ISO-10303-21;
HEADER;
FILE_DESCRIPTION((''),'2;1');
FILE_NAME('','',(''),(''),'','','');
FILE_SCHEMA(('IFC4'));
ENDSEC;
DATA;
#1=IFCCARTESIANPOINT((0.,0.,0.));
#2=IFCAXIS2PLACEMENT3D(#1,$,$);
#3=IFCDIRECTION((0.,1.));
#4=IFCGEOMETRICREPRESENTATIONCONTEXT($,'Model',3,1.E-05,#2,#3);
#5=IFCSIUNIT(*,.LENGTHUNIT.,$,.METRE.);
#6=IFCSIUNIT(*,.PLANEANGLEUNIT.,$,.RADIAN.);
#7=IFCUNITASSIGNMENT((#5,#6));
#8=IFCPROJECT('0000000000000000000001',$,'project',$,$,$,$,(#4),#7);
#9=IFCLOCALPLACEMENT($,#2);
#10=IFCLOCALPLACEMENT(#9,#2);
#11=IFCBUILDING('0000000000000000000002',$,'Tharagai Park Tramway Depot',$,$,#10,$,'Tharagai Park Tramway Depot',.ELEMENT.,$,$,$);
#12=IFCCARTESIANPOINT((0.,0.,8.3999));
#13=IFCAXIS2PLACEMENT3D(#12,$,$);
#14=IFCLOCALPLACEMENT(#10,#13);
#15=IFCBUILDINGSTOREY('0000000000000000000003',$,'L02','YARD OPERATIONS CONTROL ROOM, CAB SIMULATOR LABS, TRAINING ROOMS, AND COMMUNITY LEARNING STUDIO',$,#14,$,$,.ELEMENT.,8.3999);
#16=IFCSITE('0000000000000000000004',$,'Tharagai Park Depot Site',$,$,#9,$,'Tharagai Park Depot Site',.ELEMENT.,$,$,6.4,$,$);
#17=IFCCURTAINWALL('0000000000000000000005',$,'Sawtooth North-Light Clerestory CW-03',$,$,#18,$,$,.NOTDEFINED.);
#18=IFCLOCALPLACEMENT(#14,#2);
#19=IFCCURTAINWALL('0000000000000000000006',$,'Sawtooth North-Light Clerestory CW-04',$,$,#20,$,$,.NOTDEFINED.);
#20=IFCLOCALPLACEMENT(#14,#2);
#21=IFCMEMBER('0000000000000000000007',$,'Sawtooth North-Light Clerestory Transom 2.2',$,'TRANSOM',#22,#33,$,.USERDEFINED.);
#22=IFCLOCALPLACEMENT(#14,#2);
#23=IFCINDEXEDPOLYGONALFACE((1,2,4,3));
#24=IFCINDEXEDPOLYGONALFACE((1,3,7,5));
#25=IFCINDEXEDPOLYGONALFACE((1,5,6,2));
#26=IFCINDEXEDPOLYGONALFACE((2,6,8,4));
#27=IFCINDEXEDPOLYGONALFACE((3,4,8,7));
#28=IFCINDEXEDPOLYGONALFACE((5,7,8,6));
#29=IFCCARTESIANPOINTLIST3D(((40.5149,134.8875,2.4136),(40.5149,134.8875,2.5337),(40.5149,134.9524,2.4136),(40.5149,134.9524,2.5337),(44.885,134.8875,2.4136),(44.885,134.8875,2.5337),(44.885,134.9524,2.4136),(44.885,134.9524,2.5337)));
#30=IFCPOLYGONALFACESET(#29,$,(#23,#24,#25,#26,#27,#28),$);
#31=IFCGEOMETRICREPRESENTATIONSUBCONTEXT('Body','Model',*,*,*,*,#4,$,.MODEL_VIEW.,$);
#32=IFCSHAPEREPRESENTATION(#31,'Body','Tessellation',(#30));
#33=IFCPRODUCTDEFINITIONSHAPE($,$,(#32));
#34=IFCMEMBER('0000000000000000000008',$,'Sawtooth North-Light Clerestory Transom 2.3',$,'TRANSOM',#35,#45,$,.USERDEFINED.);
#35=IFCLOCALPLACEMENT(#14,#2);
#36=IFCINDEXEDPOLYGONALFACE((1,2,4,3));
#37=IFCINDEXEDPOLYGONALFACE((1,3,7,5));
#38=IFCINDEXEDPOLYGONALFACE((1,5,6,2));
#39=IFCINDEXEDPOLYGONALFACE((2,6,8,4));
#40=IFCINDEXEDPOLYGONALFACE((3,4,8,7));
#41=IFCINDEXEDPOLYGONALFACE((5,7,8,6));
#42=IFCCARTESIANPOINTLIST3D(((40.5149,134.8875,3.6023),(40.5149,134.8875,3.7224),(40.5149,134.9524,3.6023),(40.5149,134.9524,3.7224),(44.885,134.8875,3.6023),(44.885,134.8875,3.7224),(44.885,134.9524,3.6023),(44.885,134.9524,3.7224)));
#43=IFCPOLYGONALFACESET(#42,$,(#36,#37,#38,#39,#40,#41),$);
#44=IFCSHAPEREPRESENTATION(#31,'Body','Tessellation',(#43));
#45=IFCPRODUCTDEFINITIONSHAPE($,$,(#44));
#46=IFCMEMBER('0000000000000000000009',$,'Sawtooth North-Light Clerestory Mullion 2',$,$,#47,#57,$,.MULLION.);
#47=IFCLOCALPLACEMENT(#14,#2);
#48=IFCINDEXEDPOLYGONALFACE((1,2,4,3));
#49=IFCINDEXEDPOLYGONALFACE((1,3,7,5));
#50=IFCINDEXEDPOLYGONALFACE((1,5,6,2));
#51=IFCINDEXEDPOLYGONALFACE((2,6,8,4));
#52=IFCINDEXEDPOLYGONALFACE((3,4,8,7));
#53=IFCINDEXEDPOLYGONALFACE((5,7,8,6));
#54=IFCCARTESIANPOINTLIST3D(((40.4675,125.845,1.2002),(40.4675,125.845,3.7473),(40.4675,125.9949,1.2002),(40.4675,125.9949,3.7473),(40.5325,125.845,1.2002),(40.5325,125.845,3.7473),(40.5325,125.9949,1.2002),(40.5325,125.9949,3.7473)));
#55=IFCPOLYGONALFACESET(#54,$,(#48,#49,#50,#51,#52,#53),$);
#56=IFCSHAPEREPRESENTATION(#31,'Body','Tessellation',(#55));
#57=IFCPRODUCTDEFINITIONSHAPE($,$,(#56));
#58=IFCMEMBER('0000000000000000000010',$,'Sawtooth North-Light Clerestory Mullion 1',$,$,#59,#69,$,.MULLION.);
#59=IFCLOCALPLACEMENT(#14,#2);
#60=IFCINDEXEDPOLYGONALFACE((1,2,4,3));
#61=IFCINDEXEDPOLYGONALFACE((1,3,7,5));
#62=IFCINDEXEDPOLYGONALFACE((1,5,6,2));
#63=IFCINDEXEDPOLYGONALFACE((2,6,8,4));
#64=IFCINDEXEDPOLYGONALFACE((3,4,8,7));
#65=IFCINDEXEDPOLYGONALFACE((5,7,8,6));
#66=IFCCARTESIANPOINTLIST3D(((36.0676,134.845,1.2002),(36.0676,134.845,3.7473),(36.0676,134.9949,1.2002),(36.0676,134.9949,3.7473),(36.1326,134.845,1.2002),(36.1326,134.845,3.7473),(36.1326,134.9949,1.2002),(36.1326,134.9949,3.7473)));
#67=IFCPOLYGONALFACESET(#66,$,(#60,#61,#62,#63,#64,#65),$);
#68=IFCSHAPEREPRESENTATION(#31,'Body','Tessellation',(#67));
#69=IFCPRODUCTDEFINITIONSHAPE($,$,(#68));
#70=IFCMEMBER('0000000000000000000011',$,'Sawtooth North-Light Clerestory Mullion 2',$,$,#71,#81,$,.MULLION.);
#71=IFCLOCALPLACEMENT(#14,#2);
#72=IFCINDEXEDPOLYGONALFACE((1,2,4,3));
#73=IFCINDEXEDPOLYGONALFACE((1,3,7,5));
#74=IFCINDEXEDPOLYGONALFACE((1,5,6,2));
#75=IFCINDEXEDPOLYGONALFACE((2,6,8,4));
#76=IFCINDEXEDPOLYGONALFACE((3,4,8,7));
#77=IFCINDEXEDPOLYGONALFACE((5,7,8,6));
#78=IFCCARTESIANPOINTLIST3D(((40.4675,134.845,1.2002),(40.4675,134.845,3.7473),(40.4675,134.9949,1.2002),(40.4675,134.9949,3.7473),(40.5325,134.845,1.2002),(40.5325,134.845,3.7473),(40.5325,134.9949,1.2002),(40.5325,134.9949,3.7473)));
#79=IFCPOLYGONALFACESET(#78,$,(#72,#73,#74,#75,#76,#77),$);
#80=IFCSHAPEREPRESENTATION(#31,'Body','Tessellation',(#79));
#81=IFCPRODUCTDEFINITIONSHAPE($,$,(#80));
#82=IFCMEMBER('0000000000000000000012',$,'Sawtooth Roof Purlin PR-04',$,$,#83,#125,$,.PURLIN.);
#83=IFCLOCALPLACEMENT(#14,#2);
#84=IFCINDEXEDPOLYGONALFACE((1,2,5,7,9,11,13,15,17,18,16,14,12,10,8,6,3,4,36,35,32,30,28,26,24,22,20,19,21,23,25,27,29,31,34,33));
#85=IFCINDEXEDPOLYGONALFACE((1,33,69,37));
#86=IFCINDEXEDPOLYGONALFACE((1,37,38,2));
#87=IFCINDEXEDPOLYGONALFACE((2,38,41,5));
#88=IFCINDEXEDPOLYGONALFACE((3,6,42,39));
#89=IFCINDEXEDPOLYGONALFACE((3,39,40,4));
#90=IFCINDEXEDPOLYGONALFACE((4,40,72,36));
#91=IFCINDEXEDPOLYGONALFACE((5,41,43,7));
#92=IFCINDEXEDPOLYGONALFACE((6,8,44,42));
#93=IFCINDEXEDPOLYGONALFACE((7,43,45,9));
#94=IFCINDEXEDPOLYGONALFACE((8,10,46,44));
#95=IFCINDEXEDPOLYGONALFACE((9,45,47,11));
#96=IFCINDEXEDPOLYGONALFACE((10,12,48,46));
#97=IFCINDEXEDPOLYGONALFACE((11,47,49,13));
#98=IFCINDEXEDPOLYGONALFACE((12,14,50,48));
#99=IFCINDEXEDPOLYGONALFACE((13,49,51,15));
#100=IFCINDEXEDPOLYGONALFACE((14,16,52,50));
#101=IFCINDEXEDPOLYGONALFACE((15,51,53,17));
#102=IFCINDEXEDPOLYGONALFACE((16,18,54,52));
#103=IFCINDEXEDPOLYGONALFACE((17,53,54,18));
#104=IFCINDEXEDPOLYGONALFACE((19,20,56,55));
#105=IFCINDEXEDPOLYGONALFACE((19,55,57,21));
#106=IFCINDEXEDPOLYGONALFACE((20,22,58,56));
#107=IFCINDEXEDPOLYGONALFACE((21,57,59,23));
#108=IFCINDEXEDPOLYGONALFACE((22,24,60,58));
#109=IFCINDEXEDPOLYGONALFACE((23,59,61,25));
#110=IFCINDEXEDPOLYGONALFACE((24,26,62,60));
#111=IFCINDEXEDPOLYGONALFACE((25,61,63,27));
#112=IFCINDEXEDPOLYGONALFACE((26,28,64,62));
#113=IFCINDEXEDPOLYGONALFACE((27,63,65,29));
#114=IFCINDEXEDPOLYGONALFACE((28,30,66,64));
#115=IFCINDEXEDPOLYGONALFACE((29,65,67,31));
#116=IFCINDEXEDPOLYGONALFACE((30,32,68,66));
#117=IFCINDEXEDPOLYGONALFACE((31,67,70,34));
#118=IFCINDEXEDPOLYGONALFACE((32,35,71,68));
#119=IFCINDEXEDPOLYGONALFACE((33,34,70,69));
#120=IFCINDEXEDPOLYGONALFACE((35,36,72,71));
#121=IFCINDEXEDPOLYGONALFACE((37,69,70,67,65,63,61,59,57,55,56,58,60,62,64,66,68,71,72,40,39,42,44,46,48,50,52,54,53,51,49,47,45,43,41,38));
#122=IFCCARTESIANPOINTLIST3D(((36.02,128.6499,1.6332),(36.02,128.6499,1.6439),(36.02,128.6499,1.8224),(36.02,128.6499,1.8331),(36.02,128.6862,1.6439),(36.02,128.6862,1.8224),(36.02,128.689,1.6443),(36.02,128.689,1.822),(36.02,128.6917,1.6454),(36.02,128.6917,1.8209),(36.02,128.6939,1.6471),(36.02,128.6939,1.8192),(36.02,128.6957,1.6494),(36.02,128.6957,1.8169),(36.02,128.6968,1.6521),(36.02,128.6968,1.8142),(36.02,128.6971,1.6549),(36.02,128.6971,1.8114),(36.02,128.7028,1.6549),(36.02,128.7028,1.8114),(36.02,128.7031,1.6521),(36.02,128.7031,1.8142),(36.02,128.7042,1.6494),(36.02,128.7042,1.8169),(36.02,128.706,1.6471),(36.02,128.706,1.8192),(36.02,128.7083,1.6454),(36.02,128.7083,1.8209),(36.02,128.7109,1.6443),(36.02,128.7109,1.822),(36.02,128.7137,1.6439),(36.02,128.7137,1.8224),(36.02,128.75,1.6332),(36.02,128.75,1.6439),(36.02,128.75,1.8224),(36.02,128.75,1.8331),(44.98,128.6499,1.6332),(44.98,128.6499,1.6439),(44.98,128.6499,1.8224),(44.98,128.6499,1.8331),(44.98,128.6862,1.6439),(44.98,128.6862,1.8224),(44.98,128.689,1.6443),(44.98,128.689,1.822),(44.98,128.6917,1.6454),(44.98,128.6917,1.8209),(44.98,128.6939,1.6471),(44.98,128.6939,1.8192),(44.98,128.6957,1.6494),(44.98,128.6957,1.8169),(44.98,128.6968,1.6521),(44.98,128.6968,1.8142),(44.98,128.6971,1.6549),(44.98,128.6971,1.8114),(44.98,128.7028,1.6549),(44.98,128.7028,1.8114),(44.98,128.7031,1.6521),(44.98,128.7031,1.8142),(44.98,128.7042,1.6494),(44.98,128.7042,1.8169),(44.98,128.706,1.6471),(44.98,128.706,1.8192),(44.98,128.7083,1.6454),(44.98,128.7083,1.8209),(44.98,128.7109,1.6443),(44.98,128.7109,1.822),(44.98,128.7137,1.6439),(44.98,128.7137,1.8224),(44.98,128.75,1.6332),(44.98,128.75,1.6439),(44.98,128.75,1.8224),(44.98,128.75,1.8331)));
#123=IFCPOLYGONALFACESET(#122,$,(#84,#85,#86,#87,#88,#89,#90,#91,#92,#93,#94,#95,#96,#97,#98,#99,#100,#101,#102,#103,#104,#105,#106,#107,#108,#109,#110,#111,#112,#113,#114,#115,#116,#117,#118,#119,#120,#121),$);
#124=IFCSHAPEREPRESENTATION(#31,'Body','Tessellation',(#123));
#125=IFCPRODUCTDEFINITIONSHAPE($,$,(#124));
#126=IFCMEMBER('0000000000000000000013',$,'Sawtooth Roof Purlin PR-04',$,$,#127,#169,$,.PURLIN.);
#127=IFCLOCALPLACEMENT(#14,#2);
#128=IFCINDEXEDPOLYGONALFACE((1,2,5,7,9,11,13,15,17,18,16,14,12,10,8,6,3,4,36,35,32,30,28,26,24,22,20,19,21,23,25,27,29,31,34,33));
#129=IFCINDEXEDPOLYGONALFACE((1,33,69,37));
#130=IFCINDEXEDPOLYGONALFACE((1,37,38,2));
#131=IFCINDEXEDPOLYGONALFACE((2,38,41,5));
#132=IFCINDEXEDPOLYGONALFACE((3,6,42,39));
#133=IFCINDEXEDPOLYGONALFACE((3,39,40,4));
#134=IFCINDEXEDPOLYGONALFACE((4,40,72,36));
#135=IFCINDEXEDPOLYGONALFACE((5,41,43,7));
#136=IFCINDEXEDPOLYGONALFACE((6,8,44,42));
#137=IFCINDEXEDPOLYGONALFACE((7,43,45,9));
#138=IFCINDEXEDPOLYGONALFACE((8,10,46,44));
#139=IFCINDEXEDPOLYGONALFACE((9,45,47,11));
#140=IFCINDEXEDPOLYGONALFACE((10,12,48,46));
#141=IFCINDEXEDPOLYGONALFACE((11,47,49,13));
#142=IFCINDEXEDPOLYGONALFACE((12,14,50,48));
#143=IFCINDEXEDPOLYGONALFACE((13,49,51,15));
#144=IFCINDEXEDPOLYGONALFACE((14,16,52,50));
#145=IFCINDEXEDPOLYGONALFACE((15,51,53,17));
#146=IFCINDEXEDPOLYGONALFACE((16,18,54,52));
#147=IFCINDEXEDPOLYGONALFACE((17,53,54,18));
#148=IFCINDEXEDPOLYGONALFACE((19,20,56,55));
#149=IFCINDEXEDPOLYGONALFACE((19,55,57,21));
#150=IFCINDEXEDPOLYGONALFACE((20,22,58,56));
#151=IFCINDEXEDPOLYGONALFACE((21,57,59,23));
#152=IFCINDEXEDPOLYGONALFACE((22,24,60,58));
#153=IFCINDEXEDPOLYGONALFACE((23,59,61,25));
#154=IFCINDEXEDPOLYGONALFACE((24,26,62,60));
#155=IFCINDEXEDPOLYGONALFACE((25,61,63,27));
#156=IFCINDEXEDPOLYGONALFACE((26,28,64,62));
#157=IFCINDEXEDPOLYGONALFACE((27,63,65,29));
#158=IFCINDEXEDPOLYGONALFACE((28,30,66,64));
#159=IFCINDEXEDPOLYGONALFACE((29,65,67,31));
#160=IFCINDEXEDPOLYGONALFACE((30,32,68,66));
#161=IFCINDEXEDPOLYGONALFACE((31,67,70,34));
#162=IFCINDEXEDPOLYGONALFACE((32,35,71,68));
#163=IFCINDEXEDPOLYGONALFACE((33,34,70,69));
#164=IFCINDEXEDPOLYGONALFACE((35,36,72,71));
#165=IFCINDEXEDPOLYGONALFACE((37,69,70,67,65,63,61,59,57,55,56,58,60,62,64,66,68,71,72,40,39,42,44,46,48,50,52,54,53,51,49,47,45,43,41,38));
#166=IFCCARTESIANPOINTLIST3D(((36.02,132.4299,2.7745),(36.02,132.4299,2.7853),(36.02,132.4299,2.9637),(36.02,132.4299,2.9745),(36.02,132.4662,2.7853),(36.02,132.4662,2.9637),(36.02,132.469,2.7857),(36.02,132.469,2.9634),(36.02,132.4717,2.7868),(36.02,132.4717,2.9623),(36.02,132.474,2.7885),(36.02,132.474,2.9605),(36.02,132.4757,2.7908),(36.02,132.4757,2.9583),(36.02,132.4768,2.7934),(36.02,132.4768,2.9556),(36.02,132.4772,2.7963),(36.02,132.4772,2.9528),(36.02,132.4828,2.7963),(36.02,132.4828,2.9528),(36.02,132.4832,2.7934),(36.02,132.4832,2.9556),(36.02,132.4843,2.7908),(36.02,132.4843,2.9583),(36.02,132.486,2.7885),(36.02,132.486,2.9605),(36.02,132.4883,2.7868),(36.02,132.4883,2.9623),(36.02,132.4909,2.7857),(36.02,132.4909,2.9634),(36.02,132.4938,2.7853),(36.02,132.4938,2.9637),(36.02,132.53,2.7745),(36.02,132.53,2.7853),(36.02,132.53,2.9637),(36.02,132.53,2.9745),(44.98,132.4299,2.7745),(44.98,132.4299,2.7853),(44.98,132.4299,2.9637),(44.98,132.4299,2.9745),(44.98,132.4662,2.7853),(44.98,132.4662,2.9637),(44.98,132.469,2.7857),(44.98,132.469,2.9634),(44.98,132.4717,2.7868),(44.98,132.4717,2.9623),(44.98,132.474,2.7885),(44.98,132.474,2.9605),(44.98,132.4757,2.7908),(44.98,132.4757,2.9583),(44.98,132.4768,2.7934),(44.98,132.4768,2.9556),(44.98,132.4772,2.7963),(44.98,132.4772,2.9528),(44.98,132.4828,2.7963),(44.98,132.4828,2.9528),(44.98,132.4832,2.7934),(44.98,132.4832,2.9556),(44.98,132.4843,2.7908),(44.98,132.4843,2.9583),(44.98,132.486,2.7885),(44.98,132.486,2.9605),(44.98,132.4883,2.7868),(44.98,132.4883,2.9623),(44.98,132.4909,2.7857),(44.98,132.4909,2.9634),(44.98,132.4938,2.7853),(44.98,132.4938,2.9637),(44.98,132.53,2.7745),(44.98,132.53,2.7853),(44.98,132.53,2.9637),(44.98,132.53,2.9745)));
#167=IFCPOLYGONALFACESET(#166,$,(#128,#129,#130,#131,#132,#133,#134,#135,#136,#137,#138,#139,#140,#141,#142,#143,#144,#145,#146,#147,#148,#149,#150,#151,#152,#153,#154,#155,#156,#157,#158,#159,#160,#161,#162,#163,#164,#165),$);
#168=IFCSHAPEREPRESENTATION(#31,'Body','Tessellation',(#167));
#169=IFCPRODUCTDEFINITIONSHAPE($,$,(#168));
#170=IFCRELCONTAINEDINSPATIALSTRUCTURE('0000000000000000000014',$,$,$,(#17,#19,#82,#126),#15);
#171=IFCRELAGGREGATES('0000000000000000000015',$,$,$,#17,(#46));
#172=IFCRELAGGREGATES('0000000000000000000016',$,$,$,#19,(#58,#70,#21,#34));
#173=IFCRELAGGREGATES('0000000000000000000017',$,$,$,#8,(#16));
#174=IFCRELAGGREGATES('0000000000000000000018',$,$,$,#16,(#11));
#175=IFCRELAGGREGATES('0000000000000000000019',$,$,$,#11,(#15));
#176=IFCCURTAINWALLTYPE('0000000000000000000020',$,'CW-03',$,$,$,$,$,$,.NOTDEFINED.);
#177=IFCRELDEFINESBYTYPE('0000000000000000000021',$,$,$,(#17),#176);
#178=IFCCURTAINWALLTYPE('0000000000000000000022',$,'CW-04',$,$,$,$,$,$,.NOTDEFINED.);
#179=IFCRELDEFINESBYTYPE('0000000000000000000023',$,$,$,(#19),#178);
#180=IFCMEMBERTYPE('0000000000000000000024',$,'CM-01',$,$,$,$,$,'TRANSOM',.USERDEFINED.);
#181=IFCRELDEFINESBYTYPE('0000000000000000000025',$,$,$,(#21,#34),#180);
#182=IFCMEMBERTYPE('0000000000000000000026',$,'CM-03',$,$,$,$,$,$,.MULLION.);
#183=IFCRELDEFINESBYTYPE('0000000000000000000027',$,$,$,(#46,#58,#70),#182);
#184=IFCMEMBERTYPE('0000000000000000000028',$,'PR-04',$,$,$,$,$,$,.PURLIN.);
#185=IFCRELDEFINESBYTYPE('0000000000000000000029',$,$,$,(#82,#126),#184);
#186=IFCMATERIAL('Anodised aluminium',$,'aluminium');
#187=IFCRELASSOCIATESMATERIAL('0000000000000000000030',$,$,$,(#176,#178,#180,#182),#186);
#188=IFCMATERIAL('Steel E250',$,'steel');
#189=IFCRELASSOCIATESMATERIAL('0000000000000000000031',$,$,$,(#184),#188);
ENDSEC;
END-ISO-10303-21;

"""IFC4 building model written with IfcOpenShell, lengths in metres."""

from ifc_helpers import new_model, si_unit, direction, frame, origin, origin_2d, place, context, subcontext, project, spatial, rectangle, i_section, extrude, material, material_profile, profile_set, type_object, element, aggregate, save


model = new_model("IFC4")

# Units and contexts
model_context = context("Model", 3, precision=1e-05, world=origin(), true_north=direction((0.0, 1.0)))
body_context = subcontext(model_context, "Body", "Model", "MODEL_VIEW")
ifc_project = project(units=[si_unit("LENGTHUNIT", "METRE"), si_unit("PLANEANGLEUNIT", "RADIAN")], contexts=[model_context])

# Site, building, storey
site_placement = place(None, origin())
site = spatial("IfcSite", under=ifc_project, at=site_placement, Name="Tharagai Park Depot Site", LongName="Tharagai Park Depot Site", CompositionType="ELEMENT", RefElevation=6.4)
building_placement = place(site_placement, origin())
building = spatial("IfcBuilding", under=site, at=building_placement, Name="Tharagai Park Tramway Depot", LongName="Tharagai Park Tramway Depot", CompositionType="ELEMENT")
storey_placement = place(building_placement, frame((0.0, 0.0, 8.3999)))
storey = spatial("IfcBuildingStorey", under=building, at=storey_placement, Name="L02", Description="YARD OPERATIONS CONTROL ROOM, CAB SIMULATOR LABS, TRAINING ROOMS, AND COMMUNITY LEARNING STUDIO", CompositionType="ELEMENT", Elevation=8.3999)

# Curtain walls, members
ifc_material_1 = material(Name="Anodised aluminium", Category="aluminium")
curtain_wall_type_1 = type_object("IfcCurtainWallType", Name="CW-03", PredefinedType="NOTDEFINED", material=ifc_material_1)
curtain_wall_1_placement = place(storey_placement, origin())
curtain_wall_1 = element("IfcCurtainWall", 1, at=curtain_wall_1_placement, inside=storey, type_object=curtain_wall_type_1, Name="Sawtooth North-Light Clerestory CW-03", PredefinedType="NOTDEFINED")
ifc_material_profile_1 = material_profile(ifc_material_1, rectangle(XDim=0.0649, YDim=0.1201, at=origin_2d()), Name="ALU 65x120")
ifc_profile_set_1 = profile_set([ifc_material_profile_1], Name="Anodised aluminium")
member_type_1 = type_object("IfcMemberType", Name="CM-01", ElementType="TRANSOM", PredefinedType="USERDEFINED", material=ifc_profile_set_1)
curtain_wall_type_2 = type_object("IfcCurtainWallType", Name="CW-04", PredefinedType="NOTDEFINED", material=ifc_material_1)
curtain_wall_2_placement = place(storey_placement, origin())
curtain_wall_2 = element("IfcCurtainWall", 2, at=curtain_wall_2_placement, inside=storey, type_object=curtain_wall_type_2, Name="Sawtooth North-Light Clerestory CW-04", PredefinedType="NOTDEFINED")
member_1_placement = place(storey_placement, frame((40.5149, 134.9199, 2.4736), z_axis=(1.0, 0.0, 0.0), x_axis=(0.0, 1.0, 0.0)))
member_1 = element("IfcMember", 3, at=member_1_placement, type_object=member_type_1, Name="Sawtooth North-Light Clerestory Transom 2.2", ObjectType="TRANSOM", PredefinedType="USERDEFINED", context=body_context, shape_type="SweptSolid", body=[
    extrude(rectangle(XDim=0.0649, YDim=0.1201, at=origin_2d()), origin(), (0.0, 0.0, 1.0), 4.3701),
])
member_2_placement = place(storey_placement, frame((40.5149, 134.9199, 3.6624), z_axis=(1.0, 0.0, 0.0), x_axis=(0.0, 1.0, 0.0)))
member_2 = element("IfcMember", 4, at=member_2_placement, type_object=member_type_1, Name="Sawtooth North-Light Clerestory Transom 2.3", ObjectType="TRANSOM", PredefinedType="USERDEFINED", context=body_context, shape_type="SweptSolid", body=[
    extrude(rectangle(XDim=0.0649, YDim=0.1201, at=origin_2d()), origin(), (0.0, 0.0, 1.0), 4.3701),
])

# Members
ifc_material_profile_2 = material_profile(ifc_material_1, rectangle(XDim=0.0649, YDim=0.1499, at=origin_2d()), Name="ALU 65x150")
ifc_profile_set_2 = profile_set([ifc_material_profile_2], Name="Anodised aluminium")
member_type_2 = type_object("IfcMemberType", Name="CM-03", PredefinedType="MULLION", material=ifc_profile_set_2)
member_3_placement = place(storey_placement, frame((40.5, 125.9199, 1.2002), z_axis=(0.0, 0.0, 1.0), x_axis=(1.0, 0.0, 0.0)))
member_3 = element("IfcMember", 5, at=member_3_placement, type_object=member_type_2, Name="Sawtooth North-Light Clerestory Mullion 2", PredefinedType="MULLION", context=body_context, shape_type="SweptSolid", body=[
    extrude(rectangle(XDim=0.0649, YDim=0.1499, at=origin_2d()), origin(), (0.0, 0.0, 1.0), 2.5471),
])
member_4_placement = place(storey_placement, frame((36.1001, 134.9199, 1.2002), z_axis=(0.0, 0.0, 1.0), x_axis=(1.0, 0.0, 0.0)))
member_4 = element("IfcMember", 6, at=member_4_placement, type_object=member_type_2, Name="Sawtooth North-Light Clerestory Mullion 1", PredefinedType="MULLION", context=body_context, shape_type="SweptSolid", body=[
    extrude(rectangle(XDim=0.0649, YDim=0.1499, at=origin_2d()), origin(), (0.0, 0.0, 1.0), 2.5471),
])
member_5_placement = place(storey_placement, frame((40.5, 134.9199, 1.2002), z_axis=(0.0, 0.0, 1.0), x_axis=(1.0, 0.0, 0.0)))
member_5 = element("IfcMember", 7, at=member_5_placement, type_object=member_type_2, Name="Sawtooth North-Light Clerestory Mullion 2", PredefinedType="MULLION", context=body_context, shape_type="SweptSolid", body=[
    extrude(rectangle(XDim=0.0649, YDim=0.1499, at=origin_2d()), origin(), (0.0, 0.0, 1.0), 2.5471),
])

# Members
ifc_material_2 = material(Name="Steel E250", Category="steel")
ifc_material_profile_3 = material_profile(ifc_material_2, i_section(OverallWidth=0.1001, OverallDepth=0.2, WebThickness=0.0056, FlangeThickness=0.0107, FilletRadius=0.011, at=origin_2d()), Name="ISMB 200")
ifc_profile_set_3 = profile_set([ifc_material_profile_3], Name="Steel E250")
member_type_3 = type_object("IfcMemberType", Name="PR-04", PredefinedType="PURLIN", material=ifc_profile_set_3)
for number, where, z_axis, x_axis, name in (
    (8, (36.02, 128.7, 1.7332), (1.0, 0.0, 0.0), (0.0, 1.0, 0.0), "Sawtooth Roof Purlin PR-04"),
    (9, (36.02, 132.48, 2.8745), (1.0, 0.0, 0.0), (0.0, 1.0, 0.0), "Sawtooth Roof Purlin PR-04"),
):
    element("IfcMember", number, at=place(storey_placement, frame(where, z_axis=z_axis, x_axis=x_axis)), inside=storey, type_object=member_type_3, Name=name, PredefinedType="PURLIN", context=body_context, shape_type="SweptSolid", body=[
        extrude(i_section(OverallWidth=0.1001, OverallDepth=0.2, WebThickness=0.0056, FlangeThickness=0.0107, FilletRadius=0.011, at=origin_2d()), origin(), (0.0, 0.0, 1.0), 8.96),
    ])

aggregate(curtain_wall_1, [member_3])
aggregate(curtain_wall_2, [member_4, member_5, member_1, member_2])

save(model, "model.ifc")
